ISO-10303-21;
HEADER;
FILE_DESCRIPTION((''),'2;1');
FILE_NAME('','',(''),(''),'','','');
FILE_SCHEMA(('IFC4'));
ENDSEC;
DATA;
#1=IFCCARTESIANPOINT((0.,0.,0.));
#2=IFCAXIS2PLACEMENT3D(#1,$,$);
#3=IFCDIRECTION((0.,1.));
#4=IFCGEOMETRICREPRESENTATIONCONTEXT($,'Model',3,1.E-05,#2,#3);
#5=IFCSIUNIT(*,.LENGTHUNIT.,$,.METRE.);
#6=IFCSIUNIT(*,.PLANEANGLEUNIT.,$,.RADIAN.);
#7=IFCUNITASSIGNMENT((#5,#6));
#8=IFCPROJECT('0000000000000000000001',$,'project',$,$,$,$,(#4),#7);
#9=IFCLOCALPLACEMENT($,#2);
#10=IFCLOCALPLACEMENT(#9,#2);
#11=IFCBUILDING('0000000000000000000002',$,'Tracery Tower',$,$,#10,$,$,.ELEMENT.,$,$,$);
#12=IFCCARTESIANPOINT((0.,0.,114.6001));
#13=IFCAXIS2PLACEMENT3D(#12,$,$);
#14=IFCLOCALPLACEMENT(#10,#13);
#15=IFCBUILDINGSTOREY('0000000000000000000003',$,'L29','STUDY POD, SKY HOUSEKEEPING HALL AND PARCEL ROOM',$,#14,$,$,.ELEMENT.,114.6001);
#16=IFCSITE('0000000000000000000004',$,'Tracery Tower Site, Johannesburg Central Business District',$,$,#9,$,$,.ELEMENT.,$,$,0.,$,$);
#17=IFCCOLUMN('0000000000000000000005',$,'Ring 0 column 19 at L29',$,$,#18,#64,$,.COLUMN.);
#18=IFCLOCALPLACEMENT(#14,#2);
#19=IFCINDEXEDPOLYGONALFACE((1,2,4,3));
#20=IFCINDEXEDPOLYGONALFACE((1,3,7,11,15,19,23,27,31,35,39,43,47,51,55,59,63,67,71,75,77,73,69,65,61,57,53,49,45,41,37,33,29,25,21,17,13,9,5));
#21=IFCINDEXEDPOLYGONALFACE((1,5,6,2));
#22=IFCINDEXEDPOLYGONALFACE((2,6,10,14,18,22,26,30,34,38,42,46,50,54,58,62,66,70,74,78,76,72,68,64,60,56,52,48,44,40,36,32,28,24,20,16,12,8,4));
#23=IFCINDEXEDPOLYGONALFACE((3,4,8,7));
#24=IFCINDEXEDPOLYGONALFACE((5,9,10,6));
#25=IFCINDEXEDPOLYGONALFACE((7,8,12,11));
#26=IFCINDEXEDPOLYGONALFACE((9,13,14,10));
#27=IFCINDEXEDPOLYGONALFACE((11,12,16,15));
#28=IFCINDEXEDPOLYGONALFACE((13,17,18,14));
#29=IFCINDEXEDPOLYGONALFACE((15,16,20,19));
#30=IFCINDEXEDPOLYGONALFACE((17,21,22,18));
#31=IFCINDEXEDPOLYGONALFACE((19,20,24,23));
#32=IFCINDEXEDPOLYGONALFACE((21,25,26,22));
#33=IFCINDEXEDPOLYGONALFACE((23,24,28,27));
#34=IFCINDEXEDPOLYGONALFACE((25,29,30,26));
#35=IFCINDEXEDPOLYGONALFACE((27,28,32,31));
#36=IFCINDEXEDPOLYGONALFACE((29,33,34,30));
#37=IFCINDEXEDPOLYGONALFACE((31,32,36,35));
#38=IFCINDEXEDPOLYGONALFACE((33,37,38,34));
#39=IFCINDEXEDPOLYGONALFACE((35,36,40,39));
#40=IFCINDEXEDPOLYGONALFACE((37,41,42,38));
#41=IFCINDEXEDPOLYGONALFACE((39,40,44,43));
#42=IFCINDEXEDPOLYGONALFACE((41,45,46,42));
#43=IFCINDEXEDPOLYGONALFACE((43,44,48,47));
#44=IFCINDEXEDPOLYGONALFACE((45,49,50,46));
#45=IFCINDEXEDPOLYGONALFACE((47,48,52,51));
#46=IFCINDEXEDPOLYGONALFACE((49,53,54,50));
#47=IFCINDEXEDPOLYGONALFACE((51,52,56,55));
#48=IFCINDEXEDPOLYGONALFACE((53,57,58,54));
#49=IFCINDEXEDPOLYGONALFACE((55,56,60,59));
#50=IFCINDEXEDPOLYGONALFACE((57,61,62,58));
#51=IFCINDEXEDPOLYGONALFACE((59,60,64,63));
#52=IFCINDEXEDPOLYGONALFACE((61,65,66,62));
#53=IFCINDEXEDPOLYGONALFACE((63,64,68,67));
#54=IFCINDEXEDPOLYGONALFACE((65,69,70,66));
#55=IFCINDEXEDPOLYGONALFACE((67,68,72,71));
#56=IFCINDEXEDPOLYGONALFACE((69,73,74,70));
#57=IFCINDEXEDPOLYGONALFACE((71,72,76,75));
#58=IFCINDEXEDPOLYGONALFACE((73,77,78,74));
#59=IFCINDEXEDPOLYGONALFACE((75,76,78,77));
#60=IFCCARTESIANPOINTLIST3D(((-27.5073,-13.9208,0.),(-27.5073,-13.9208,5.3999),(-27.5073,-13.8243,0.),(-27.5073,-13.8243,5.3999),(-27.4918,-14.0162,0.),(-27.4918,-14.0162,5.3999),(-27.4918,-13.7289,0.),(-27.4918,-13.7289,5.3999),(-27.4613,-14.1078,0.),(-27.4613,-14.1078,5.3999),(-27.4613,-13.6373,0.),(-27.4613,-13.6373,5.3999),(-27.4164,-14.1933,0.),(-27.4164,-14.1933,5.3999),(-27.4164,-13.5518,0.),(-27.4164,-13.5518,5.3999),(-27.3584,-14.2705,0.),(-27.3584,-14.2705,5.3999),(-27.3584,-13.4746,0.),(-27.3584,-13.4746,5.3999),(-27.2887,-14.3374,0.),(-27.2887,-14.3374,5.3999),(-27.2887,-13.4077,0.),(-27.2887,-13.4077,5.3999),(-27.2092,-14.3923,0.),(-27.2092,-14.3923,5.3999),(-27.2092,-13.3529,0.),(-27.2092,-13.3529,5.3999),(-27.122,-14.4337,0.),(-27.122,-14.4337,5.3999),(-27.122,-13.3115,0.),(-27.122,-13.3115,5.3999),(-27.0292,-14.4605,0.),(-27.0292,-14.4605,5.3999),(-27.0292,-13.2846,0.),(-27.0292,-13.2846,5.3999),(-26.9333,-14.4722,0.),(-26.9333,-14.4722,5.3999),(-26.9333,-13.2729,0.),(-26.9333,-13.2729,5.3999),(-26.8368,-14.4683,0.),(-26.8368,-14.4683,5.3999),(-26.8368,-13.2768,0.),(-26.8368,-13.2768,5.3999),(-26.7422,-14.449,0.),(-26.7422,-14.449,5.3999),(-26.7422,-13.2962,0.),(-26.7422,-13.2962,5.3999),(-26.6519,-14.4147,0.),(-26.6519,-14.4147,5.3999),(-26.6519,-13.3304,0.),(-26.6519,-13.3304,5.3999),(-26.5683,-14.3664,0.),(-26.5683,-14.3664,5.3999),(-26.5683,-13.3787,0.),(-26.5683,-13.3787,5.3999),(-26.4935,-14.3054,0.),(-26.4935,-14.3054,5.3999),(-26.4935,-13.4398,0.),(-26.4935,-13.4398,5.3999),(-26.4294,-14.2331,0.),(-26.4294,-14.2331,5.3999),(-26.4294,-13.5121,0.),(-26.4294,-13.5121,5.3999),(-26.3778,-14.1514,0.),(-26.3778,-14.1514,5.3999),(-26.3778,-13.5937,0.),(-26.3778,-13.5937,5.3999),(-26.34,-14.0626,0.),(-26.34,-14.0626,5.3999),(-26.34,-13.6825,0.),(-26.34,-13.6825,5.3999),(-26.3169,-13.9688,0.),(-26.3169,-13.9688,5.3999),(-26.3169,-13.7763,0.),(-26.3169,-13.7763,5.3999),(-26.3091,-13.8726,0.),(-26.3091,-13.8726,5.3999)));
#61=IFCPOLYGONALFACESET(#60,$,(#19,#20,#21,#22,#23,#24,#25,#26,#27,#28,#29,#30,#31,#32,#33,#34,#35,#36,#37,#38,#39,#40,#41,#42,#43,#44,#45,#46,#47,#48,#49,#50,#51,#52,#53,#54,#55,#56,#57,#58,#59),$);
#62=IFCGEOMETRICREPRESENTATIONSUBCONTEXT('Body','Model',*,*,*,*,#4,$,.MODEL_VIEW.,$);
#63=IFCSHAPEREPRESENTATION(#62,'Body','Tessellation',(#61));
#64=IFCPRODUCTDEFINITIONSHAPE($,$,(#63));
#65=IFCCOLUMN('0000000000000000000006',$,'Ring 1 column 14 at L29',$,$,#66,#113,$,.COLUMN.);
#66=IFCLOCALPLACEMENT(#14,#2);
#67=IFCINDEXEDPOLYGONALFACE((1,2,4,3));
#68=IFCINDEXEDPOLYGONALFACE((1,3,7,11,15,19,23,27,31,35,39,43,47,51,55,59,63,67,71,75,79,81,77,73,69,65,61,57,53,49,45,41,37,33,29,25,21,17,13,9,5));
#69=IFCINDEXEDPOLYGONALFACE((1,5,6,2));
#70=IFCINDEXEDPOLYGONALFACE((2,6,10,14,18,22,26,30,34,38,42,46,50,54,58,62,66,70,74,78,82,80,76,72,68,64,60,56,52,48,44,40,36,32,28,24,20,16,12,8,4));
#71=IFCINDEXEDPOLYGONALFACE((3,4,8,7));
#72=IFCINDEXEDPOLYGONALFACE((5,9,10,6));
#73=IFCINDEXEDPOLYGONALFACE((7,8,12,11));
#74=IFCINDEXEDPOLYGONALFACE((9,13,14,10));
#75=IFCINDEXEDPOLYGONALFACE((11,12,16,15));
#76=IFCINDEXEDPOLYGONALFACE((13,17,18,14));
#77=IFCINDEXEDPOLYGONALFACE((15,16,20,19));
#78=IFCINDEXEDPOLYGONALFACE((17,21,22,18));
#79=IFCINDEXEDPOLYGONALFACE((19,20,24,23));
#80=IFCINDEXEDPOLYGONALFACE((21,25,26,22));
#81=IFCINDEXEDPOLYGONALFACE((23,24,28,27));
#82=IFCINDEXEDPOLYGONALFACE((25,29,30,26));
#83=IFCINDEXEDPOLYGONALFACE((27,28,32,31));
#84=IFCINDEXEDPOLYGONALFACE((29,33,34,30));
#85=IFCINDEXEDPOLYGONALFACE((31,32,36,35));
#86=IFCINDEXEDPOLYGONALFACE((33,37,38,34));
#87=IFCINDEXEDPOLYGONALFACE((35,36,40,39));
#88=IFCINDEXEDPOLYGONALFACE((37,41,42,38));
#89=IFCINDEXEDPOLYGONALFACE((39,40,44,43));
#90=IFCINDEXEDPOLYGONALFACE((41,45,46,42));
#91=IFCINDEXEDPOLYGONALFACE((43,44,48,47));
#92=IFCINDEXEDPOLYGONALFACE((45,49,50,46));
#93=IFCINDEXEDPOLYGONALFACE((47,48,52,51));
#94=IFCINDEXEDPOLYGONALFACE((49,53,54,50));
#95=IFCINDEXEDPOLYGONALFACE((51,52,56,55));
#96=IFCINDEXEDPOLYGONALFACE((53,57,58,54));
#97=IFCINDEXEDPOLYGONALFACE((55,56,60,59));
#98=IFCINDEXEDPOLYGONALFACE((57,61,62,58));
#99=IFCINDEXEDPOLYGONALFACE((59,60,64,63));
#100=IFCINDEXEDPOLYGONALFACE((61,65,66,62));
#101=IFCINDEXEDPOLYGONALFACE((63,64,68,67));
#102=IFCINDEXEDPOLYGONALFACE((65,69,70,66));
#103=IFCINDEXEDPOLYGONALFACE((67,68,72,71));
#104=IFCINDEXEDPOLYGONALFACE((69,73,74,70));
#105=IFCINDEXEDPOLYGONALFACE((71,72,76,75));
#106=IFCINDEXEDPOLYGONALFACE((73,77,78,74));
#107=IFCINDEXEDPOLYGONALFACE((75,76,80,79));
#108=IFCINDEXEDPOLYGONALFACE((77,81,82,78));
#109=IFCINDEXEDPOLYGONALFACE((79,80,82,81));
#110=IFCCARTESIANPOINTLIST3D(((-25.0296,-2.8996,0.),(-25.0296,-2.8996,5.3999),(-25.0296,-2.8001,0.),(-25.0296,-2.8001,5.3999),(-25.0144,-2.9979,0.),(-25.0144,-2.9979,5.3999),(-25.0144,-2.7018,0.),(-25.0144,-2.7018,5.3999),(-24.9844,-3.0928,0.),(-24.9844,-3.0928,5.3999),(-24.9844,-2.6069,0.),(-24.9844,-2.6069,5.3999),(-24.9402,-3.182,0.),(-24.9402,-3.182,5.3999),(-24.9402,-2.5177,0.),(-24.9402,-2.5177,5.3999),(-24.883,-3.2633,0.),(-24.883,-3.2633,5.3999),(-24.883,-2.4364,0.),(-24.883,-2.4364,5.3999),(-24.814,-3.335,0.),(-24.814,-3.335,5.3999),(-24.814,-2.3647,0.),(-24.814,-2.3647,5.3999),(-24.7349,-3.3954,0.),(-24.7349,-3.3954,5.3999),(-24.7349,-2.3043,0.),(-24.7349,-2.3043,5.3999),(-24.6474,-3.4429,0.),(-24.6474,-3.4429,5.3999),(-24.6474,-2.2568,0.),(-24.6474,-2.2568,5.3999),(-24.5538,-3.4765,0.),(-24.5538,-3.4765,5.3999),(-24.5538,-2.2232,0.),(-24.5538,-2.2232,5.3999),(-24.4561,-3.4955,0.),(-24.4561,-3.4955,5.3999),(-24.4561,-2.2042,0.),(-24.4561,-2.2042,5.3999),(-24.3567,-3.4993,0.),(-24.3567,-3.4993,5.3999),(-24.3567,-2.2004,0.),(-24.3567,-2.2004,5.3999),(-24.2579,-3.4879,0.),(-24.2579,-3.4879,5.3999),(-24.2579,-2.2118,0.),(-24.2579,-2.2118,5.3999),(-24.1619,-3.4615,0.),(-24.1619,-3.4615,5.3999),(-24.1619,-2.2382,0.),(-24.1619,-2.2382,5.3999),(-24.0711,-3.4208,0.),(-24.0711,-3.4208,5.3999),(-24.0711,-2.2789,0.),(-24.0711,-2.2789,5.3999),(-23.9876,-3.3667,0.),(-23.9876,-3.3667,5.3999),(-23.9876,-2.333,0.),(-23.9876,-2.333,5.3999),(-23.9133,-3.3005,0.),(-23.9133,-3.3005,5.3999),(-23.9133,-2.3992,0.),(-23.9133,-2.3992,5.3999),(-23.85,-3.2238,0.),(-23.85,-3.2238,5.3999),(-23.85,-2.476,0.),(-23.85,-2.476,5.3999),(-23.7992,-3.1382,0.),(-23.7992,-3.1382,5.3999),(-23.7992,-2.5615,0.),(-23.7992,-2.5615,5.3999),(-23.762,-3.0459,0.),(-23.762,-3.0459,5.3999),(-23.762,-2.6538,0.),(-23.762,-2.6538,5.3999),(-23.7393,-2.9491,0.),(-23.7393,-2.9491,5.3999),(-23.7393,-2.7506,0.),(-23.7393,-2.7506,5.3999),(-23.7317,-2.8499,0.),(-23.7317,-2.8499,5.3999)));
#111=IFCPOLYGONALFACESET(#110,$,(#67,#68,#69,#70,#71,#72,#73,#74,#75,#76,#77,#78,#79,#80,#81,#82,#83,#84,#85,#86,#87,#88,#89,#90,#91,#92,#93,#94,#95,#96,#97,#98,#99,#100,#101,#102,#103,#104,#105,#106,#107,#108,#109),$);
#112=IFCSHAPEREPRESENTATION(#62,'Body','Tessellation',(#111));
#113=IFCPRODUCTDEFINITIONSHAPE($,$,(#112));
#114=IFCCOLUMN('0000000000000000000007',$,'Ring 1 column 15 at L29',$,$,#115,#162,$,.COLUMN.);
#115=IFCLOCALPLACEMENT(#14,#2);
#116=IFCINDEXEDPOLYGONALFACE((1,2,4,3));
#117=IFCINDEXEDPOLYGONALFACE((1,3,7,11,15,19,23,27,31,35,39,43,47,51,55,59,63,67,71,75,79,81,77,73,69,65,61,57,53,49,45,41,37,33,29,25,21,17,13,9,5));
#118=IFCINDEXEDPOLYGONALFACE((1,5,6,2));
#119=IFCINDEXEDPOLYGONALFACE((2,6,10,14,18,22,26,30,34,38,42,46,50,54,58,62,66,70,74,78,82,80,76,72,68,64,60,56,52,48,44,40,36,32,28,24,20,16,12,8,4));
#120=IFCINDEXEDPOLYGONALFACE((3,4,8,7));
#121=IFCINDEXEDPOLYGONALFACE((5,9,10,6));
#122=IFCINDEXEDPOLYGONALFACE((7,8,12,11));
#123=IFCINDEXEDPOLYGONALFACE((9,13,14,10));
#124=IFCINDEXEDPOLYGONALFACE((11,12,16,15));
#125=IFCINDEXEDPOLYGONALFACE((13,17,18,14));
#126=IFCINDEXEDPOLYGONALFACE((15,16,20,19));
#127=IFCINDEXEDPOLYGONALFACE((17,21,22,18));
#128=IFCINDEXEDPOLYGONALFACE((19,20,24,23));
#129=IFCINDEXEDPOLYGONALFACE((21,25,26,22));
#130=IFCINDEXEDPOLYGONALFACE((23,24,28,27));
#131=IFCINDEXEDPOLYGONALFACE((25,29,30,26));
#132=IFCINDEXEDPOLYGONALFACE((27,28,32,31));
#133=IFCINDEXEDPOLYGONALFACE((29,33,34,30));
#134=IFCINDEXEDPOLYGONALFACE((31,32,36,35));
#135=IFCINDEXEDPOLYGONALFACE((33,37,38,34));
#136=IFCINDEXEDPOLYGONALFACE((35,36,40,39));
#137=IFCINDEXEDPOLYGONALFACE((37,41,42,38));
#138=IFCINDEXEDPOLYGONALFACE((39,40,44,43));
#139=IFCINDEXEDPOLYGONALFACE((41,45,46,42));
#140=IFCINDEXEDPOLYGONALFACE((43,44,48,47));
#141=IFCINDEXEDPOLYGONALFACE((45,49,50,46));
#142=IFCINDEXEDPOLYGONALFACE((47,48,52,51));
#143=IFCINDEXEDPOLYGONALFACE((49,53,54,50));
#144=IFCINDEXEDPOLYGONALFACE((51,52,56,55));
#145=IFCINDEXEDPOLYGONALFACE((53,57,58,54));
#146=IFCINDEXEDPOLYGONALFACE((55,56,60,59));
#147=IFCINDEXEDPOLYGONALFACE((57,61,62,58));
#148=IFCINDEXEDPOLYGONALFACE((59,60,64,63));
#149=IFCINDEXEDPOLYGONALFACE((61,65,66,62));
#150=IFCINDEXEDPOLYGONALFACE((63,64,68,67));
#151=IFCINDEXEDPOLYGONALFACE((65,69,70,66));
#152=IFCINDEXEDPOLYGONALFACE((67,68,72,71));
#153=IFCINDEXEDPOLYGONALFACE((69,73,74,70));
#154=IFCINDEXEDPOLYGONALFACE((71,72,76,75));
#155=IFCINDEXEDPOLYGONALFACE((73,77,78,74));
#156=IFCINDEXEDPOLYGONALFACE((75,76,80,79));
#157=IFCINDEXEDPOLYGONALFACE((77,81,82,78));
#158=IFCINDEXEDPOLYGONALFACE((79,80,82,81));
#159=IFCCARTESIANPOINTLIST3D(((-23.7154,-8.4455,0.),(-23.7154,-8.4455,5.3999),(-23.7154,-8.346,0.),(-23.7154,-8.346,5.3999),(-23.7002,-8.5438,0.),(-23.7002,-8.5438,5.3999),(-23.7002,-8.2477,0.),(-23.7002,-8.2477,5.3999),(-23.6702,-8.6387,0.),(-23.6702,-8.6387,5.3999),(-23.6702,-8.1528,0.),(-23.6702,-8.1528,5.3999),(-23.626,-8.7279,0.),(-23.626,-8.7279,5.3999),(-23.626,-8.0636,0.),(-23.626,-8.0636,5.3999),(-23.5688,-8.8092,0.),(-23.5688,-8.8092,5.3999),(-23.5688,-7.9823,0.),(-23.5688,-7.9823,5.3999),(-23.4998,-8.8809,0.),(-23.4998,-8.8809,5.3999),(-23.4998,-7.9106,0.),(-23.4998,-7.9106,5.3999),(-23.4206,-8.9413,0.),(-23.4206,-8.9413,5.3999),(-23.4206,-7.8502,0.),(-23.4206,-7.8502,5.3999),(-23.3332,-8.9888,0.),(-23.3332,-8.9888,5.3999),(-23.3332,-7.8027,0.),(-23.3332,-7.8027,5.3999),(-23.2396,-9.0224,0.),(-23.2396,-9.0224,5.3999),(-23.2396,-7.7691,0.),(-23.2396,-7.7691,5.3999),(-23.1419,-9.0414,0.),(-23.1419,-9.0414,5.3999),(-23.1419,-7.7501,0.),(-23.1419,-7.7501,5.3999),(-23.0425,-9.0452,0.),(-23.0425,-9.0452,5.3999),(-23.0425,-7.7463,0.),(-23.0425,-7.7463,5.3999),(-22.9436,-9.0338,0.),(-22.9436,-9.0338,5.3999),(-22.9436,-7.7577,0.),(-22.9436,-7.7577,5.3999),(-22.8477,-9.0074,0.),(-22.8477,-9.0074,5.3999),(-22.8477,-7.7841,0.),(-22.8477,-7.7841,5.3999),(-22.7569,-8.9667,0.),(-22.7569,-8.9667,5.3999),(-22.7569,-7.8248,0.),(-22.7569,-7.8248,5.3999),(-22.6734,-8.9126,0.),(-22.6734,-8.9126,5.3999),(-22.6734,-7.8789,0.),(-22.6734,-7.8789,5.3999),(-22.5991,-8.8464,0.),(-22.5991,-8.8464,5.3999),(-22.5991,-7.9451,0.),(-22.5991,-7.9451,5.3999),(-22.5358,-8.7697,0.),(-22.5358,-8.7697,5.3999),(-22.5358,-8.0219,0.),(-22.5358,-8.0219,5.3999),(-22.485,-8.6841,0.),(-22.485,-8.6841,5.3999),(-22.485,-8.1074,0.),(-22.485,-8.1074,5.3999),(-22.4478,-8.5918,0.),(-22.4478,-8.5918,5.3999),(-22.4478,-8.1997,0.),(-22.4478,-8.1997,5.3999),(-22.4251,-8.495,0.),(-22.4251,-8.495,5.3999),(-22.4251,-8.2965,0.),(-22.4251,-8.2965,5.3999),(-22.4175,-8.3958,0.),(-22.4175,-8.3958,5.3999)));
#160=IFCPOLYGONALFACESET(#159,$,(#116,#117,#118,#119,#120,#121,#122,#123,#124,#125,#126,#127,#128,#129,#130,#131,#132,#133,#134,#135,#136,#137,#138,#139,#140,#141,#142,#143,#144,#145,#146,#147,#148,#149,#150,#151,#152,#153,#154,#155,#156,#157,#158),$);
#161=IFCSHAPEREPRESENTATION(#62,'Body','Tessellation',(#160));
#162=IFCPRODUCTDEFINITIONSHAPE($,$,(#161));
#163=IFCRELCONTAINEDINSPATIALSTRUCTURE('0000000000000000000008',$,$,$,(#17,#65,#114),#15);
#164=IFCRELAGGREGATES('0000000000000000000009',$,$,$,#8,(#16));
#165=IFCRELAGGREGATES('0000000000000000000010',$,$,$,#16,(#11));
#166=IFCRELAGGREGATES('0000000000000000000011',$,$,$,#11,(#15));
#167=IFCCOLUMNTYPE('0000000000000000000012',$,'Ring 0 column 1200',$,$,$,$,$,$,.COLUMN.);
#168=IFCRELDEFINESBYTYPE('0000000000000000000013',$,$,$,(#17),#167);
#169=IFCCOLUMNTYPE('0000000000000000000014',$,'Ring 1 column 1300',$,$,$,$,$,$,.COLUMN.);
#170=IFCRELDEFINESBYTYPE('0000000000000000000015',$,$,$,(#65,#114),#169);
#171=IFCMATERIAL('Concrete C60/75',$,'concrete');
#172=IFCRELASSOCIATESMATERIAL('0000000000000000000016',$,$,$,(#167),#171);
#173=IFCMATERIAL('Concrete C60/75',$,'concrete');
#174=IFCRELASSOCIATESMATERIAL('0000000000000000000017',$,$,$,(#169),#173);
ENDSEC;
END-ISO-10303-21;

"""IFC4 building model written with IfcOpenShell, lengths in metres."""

from ifc_helpers import new_model, si_unit, direction, frame, origin, origin_2d, place, context, subcontext, project, spatial, circle, extrude, material, material_profile, profile_set, type_object, element, save


model = new_model("IFC4")

# Units and contexts
model_context = context("Model", 3, precision=1e-05, world=origin(), true_north=direction((0.0, 1.0)))
body_context = subcontext(model_context, "Body", "Model", "MODEL_VIEW")
ifc_project = project(units=[si_unit("LENGTHUNIT", "METRE"), si_unit("PLANEANGLEUNIT", "RADIAN")], contexts=[model_context])

# Site, building, storey
site_placement = place(None, origin())
site = spatial("IfcSite", under=ifc_project, at=site_placement, Name="Tracery Tower Site, Johannesburg Central Business District", CompositionType="ELEMENT", RefElevation=0.0)
building_placement = place(site_placement, origin())
building = spatial("IfcBuilding", under=site, at=building_placement, Name="Tracery Tower", CompositionType="ELEMENT")
storey_placement = place(building_placement, frame((0.0, 0.0, 114.6001)))
storey = spatial("IfcBuildingStorey", under=building, at=storey_placement, Name="L29", Description="STUDY POD, SKY HOUSEKEEPING HALL AND PARCEL ROOM", CompositionType="ELEMENT", Elevation=114.6001)

# Columns
ifc_material_1 = material(Name="Concrete C60/75", Category="concrete")
ifc_material_profile_1 = material_profile(ifc_material_1, circle(Radius=0.6001, at=origin_2d()), Name="RC D1200")
ifc_profile_set_1 = profile_set([ifc_material_profile_1], Name="Concrete C60/75")
column_type_1 = type_object("IfcColumnType", Name="Ring 0 column 1200", PredefinedType="COLUMN", material=ifc_profile_set_1)
column_1_placement = place(storey_placement, frame((-26.9092, -13.8726, 0.0), z_axis=(0.0, 0.0, 1.0), x_axis=(1.0, 0.0, 0.0)))
element("IfcColumn", 1, at=column_1_placement, inside=storey, type_object=column_type_1, Name="Ring 0 column 19 at L29", PredefinedType="COLUMN", context=body_context, shape_type="SweptSolid", body=[
    extrude(circle(Radius=0.6001, at=origin_2d()), origin(), (0.0, 0.0, 1.0), 5.3999),
])
ifc_material_2 = material(Name="Concrete C60/75", Category="concrete")
ifc_material_profile_2 = material_profile(ifc_material_2, circle(Radius=0.6499, at=origin_2d()), Name="RC D1300")
ifc_profile_set_2 = profile_set([ifc_material_profile_2], Name="Concrete C60/75")
column_type_2 = type_object("IfcColumnType", Name="Ring 1 column 1300", PredefinedType="COLUMN", material=ifc_profile_set_2)
for number, where, z_axis, x_axis, name in (
    (2, (-24.3816, -2.8499, 0.0), (0.0, 0.0, 1.0), (1.0, 0.0, 0.0), "Ring 1 column 14 at L29"),
    (3, (-23.0674, -8.3958, 0.0), (0.0, 0.0, 1.0), (1.0, 0.0, 0.0), "Ring 1 column 15 at L29"),
):
    element("IfcColumn", number, at=place(storey_placement, frame(where, z_axis=z_axis, x_axis=x_axis)), inside=storey, type_object=column_type_2, Name=name, PredefinedType="COLUMN", context=body_context, shape_type="SweptSolid", body=[
        extrude(circle(Radius=0.6499, at=origin_2d()), origin(), (0.0, 0.0, 1.0), 5.3999),
    ])

save(model, "model.ifc")
